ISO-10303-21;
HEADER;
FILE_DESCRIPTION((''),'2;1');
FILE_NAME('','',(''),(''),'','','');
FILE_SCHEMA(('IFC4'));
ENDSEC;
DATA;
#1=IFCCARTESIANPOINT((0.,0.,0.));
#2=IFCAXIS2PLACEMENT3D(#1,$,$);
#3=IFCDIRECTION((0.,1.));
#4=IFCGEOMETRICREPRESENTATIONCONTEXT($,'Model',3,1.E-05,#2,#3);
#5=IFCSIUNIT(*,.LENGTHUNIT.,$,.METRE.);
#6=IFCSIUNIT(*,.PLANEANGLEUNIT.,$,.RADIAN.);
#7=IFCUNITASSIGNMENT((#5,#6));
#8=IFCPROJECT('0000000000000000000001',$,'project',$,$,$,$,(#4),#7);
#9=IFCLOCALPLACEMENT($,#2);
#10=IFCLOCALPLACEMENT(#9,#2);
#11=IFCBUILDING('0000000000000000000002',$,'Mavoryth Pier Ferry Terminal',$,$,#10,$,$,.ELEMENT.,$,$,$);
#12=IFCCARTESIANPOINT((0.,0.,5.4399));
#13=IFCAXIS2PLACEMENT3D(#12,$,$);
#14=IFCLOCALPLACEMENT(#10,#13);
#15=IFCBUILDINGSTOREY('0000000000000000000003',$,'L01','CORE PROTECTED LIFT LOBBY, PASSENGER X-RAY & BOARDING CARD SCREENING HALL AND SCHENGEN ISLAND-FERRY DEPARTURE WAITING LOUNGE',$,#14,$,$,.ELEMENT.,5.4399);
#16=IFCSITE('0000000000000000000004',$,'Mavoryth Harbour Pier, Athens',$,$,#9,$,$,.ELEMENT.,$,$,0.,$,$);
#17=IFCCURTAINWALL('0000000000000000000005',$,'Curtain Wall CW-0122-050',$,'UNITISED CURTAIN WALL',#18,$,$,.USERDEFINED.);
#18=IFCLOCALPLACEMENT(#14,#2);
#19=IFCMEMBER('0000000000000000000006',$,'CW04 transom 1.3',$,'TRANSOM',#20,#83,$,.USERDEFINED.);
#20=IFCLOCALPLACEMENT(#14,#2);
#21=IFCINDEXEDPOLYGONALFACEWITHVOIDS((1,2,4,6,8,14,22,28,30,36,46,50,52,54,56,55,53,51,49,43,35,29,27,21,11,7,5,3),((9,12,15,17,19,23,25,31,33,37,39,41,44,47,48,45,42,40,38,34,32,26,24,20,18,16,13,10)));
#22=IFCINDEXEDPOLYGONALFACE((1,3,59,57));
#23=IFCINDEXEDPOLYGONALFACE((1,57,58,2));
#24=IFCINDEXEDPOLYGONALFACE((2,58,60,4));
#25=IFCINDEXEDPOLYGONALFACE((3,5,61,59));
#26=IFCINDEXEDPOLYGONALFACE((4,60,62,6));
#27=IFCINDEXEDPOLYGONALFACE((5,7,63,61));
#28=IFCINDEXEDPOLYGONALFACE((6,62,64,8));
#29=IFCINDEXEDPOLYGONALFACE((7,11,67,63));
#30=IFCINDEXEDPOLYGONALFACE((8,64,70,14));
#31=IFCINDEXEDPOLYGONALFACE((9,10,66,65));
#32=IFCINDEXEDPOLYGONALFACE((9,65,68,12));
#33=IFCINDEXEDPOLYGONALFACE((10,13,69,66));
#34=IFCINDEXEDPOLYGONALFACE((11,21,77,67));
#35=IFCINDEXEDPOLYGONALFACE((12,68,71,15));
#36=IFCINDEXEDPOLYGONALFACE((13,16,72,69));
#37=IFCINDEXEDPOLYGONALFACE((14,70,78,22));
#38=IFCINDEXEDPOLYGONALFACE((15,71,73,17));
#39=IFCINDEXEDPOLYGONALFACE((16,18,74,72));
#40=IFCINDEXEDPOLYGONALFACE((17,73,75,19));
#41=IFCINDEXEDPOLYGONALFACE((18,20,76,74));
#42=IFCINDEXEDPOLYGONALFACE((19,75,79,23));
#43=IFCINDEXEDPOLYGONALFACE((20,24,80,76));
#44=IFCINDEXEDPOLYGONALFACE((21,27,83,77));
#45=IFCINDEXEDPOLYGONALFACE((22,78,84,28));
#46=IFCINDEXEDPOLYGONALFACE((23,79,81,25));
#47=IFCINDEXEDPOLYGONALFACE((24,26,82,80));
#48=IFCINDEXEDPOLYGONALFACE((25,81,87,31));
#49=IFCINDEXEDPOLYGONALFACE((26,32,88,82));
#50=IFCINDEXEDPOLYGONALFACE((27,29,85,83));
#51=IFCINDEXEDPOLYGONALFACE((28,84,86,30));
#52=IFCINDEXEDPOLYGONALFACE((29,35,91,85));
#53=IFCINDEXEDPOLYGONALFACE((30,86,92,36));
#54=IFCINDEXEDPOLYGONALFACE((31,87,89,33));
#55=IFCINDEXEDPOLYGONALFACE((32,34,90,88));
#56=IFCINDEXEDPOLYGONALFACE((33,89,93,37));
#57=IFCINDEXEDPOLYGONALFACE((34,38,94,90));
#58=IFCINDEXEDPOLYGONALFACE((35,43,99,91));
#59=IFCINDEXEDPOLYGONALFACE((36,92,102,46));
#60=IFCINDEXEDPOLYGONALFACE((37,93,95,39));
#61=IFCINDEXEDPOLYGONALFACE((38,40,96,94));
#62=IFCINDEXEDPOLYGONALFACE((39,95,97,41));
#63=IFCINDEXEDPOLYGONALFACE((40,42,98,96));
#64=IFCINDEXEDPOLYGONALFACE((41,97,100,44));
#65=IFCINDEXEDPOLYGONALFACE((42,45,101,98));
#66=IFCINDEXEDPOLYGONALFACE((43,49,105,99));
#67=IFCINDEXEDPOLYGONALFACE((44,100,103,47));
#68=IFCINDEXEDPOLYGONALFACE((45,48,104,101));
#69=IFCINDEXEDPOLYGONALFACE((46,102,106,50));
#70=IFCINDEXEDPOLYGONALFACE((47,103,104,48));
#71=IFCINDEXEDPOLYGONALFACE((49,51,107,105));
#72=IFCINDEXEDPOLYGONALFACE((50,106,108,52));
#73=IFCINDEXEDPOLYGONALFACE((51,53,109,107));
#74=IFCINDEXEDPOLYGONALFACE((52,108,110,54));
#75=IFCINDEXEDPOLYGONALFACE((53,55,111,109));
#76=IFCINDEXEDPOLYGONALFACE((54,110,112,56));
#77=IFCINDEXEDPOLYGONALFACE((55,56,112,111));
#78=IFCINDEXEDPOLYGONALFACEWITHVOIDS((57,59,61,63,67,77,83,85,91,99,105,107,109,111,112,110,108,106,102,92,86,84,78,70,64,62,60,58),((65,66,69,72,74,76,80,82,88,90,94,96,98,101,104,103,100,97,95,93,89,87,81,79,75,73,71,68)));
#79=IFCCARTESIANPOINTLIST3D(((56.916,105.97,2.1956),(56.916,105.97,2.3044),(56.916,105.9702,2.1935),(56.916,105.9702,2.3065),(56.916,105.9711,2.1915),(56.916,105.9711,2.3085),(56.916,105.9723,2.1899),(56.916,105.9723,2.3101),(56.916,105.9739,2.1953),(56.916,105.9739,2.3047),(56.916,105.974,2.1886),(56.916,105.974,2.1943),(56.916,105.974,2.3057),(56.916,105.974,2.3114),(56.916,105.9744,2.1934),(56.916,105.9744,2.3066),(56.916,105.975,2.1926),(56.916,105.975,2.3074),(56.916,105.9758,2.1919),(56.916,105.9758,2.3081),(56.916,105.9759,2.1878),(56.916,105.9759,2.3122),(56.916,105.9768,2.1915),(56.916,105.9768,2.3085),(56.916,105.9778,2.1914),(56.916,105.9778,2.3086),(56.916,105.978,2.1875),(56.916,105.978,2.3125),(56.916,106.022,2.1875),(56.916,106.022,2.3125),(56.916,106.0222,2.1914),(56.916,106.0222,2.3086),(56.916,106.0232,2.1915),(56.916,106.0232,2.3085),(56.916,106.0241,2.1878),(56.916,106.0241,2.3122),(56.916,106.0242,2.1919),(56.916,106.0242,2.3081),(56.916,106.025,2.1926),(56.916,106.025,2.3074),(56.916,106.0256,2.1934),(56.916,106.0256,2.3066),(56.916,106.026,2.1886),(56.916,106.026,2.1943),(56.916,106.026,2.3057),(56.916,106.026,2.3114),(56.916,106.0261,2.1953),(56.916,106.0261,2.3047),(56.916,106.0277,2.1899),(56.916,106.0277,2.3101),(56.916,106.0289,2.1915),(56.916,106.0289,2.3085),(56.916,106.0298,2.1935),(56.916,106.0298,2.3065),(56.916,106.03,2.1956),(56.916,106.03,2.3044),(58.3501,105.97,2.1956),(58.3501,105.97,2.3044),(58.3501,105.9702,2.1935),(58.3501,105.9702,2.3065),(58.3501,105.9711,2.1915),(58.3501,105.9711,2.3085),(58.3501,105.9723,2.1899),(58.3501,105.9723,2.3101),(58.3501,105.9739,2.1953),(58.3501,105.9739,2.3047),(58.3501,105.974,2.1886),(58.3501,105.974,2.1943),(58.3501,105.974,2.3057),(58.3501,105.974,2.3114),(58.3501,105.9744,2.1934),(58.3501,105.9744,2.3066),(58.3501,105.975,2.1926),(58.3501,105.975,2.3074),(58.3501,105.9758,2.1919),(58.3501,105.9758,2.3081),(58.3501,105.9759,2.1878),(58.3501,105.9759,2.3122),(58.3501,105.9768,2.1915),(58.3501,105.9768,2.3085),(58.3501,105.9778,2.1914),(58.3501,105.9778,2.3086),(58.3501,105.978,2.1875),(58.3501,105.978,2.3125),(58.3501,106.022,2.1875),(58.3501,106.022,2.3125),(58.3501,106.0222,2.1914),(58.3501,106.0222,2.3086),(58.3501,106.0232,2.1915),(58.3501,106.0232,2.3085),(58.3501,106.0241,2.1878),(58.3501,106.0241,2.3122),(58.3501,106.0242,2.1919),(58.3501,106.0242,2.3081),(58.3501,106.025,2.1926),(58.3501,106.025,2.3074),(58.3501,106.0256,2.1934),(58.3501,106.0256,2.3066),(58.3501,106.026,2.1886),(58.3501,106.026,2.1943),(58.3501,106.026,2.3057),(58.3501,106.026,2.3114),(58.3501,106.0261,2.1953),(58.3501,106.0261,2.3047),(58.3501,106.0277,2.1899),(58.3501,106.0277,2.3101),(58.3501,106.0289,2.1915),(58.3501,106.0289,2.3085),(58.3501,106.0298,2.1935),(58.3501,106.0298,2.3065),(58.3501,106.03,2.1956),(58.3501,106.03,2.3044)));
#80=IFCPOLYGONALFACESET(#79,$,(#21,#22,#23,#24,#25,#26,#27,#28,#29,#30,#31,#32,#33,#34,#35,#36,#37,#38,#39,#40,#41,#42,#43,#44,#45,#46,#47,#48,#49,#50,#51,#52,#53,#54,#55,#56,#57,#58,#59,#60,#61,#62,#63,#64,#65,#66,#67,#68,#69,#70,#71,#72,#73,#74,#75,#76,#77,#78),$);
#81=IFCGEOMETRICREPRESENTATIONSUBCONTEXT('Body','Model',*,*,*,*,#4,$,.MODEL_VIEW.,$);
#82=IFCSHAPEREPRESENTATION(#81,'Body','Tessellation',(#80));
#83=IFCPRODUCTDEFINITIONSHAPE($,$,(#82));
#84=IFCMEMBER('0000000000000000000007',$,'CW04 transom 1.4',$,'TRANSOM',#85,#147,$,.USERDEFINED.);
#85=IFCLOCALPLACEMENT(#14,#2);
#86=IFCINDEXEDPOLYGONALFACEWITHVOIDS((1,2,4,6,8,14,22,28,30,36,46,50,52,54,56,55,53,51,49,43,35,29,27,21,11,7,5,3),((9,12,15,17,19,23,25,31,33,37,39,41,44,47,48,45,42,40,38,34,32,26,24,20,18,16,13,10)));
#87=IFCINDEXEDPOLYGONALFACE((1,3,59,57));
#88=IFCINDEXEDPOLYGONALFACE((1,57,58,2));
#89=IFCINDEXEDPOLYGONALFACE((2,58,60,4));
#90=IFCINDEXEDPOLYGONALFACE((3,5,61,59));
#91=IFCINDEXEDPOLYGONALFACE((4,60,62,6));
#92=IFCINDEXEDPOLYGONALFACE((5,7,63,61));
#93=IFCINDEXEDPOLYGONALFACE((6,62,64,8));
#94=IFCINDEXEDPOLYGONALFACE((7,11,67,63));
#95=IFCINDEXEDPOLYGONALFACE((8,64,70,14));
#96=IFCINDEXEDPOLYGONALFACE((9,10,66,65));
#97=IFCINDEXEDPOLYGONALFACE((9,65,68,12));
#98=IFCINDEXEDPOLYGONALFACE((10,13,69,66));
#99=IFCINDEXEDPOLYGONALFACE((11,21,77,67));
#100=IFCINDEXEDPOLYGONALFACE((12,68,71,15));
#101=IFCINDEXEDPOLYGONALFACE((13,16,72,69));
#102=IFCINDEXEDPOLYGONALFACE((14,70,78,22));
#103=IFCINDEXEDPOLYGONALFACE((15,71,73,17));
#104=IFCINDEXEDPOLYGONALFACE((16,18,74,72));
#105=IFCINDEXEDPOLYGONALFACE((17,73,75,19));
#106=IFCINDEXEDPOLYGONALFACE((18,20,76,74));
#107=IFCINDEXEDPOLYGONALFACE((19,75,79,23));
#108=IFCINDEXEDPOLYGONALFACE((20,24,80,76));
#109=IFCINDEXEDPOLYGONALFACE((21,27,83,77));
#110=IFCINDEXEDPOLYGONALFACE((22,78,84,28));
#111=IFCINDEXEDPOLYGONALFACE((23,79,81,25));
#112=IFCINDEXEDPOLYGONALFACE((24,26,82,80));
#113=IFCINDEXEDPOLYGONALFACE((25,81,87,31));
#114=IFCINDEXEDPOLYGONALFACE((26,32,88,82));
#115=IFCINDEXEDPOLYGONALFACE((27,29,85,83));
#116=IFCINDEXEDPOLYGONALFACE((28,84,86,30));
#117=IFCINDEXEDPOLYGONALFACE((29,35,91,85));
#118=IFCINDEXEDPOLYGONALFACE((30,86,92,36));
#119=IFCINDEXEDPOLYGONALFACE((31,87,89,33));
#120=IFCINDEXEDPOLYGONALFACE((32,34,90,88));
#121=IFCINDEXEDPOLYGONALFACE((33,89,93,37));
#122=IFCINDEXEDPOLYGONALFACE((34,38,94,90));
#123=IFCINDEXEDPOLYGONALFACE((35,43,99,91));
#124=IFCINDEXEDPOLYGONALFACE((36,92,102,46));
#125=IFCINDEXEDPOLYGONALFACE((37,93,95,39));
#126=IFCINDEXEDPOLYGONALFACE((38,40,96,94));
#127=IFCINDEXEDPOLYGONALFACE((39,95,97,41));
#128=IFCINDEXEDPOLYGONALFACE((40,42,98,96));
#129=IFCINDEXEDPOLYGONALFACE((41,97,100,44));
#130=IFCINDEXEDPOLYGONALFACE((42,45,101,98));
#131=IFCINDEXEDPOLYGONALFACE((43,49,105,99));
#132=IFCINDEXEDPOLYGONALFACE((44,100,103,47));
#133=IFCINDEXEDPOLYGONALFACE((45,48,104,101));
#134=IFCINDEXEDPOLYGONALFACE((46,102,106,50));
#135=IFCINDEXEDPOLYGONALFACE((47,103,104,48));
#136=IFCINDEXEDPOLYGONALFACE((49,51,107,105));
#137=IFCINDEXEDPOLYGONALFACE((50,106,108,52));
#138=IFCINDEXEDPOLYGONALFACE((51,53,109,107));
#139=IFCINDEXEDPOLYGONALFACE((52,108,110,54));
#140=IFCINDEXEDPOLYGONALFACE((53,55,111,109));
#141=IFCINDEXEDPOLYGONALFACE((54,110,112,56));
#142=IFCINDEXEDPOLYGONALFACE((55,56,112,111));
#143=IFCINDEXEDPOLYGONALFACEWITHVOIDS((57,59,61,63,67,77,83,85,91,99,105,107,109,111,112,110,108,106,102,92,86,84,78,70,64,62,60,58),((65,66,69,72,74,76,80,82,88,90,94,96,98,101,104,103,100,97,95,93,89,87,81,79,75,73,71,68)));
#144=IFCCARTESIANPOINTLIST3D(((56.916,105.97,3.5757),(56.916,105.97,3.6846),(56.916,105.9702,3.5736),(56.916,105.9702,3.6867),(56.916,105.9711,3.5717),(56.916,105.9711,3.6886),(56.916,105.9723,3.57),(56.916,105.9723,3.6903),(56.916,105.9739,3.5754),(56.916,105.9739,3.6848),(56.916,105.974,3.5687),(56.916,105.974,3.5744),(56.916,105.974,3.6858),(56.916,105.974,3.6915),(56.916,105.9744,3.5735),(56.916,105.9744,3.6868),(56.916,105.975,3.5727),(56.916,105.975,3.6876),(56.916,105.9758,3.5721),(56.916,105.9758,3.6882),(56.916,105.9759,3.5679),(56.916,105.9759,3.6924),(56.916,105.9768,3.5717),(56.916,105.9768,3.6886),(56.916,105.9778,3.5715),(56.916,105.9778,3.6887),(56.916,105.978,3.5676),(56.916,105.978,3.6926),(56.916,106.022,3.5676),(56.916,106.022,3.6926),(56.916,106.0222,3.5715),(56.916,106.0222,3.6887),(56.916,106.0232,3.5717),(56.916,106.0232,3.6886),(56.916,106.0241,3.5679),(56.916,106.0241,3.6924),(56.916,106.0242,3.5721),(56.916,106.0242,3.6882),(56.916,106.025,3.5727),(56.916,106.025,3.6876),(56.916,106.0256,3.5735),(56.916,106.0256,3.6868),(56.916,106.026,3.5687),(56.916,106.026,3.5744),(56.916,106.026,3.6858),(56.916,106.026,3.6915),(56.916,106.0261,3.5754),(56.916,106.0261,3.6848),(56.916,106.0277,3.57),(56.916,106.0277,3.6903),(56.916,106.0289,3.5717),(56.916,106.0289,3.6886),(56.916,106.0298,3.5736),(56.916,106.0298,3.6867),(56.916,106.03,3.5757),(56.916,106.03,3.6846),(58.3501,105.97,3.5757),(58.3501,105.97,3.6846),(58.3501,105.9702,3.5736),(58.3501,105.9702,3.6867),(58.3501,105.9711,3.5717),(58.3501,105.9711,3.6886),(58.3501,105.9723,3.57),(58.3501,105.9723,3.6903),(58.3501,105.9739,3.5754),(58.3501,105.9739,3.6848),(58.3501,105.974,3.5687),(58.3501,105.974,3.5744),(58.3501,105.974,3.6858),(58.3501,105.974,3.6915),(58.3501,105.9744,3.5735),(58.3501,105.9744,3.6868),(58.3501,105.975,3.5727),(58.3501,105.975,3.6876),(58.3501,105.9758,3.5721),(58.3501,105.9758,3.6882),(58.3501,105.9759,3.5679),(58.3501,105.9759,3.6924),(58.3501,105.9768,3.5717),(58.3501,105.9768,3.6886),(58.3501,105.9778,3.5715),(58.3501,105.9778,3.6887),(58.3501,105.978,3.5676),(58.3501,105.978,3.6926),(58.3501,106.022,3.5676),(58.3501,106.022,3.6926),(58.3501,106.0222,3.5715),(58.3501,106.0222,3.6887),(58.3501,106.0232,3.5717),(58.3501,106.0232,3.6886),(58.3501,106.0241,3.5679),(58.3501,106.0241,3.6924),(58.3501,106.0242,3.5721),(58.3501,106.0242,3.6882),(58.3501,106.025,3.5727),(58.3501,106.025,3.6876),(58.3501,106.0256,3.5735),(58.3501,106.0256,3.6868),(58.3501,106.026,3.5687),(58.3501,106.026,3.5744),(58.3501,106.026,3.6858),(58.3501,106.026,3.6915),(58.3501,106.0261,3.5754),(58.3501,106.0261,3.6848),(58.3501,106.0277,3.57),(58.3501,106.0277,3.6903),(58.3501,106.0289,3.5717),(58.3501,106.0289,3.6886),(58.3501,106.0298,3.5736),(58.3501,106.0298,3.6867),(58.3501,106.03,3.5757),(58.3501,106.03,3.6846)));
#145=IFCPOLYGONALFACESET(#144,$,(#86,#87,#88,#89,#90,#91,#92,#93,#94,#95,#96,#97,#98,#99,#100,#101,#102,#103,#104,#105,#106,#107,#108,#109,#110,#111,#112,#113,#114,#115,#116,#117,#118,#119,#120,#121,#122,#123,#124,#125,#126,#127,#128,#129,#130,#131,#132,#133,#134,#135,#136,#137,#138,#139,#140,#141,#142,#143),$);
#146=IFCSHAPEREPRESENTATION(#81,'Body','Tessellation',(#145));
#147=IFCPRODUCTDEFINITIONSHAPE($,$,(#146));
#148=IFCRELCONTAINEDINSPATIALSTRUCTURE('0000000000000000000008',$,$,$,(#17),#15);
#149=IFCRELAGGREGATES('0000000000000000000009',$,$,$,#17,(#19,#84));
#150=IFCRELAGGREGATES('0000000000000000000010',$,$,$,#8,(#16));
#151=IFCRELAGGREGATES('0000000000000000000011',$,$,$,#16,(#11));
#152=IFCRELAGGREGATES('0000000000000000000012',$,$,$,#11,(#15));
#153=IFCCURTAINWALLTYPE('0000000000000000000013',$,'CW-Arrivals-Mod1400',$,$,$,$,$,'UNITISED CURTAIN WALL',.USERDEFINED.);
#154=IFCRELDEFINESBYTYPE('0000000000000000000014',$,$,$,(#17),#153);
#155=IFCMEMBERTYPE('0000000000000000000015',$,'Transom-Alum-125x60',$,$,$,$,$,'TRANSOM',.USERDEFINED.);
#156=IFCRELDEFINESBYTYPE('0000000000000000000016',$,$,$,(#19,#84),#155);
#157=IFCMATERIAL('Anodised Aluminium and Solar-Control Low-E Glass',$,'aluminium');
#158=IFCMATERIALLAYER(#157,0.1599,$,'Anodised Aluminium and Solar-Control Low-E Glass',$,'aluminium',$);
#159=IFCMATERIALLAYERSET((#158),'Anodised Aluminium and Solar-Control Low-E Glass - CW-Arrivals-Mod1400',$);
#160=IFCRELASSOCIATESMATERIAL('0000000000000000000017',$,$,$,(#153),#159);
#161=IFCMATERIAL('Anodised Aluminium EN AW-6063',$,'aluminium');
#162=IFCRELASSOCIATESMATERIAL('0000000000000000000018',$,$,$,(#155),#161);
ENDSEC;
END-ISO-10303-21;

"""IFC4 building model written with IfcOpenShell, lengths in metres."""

from ifc_helpers import new_model, si_unit, direction, frame, origin, origin_2d, place, context, subcontext, project, spatial, hollow_rectangle, extrude, material, layer, layer_set, material_profile, profile_set, type_object, element, aggregate, save


model = new_model("IFC4")

# Units and contexts
model_context = context("Model", 3, precision=1e-05, world=origin(), true_north=direction((0.0, 1.0)))
body_context = subcontext(model_context, "Body", "Model", "MODEL_VIEW")
ifc_project = project(units=[si_unit("LENGTHUNIT", "METRE"), si_unit("PLANEANGLEUNIT", "RADIAN")], contexts=[model_context])

# Site, building, storey
site_placement = place(None, origin())
site = spatial("IfcSite", under=ifc_project, at=site_placement, Name="Mavoryth Harbour Pier, Athens", CompositionType="ELEMENT", RefElevation=0.0)
building_placement = place(site_placement, origin())
building = spatial("IfcBuilding", under=site, at=building_placement, Name="Mavoryth Pier Ferry Terminal", CompositionType="ELEMENT")
storey_placement = place(building_placement, frame((0.0, 0.0, 5.4399)))
storey = spatial("IfcBuildingStorey", under=building, at=storey_placement, Name="L01", Description="CORE PROTECTED LIFT LOBBY, PASSENGER X-RAY & BOARDING CARD SCREENING HALL AND SCHENGEN ISLAND-FERRY DEPARTURE WAITING LOUNGE", CompositionType="ELEMENT", Elevation=5.4399)

# Curtain wall
ifc_material_1 = material(Name="Anodised Aluminium and Solar-Control Low-E Glass", Category="aluminium")
ifc_layer_1 = layer(ifc_material_1, 0.1599, Name="Anodised Aluminium and Solar-Control Low-E Glass", Category="aluminium")
ifc_layer_set_1 = layer_set([ifc_layer_1], Name="Anodised Aluminium and Solar-Control Low-E Glass - CW-Arrivals-Mod1400")
curtain_wall_type_1 = type_object("IfcCurtainWallType", Name="CW-Arrivals-Mod1400", ElementType="UNITISED CURTAIN WALL", PredefinedType="USERDEFINED", material=ifc_layer_set_1)
curtain_wall_1_placement = place(storey_placement, origin())
curtain_wall_1 = element("IfcCurtainWall", 1, at=curtain_wall_1_placement, inside=storey, type_object=curtain_wall_type_1, Name="Curtain Wall CW-0122-050", ObjectType="UNITISED CURTAIN WALL", PredefinedType="USERDEFINED")
ifc_material_2 = material(Name="Anodised Aluminium EN AW-6063", Category="aluminium")

# Members
ifc_material_profile_1 = material_profile(ifc_material_2, hollow_rectangle(XDim=0.0601, YDim=0.125, WallThickness=0.0039, InnerFilletRadius=0.0039, OuterFilletRadius=0.0081, at=origin_2d()), Name="AL-TRAN 125x60x4", Category="aluminium")
ifc_profile_set_1 = profile_set([ifc_material_profile_1], Name="Anodised Aluminium EN AW-6063 - AL-TRAN 125x60x4")
member_type_1 = type_object("IfcMemberType", Name="Transom-Alum-125x60", ElementType="TRANSOM", PredefinedType="USERDEFINED", material=ifc_profile_set_1)
member_1_placement = place(storey_placement, frame((58.3501, 106.0, 2.25), z_axis=(-1.0, 0.0, 0.0), x_axis=(0.0, -1.0, 0.0)))
member_1 = element("IfcMember", 2, at=member_1_placement, type_object=member_type_1, Name="CW04 transom 1.3", ObjectType="TRANSOM", PredefinedType="USERDEFINED", context=body_context, shape_type="SweptSolid", body=[
    extrude(hollow_rectangle(XDim=0.0601, YDim=0.125, WallThickness=0.0039, InnerFilletRadius=0.0039, OuterFilletRadius=0.0081, at=origin_2d()), origin(), (0.0, 0.0, 1.0), 1.4341),
])
member_2_placement = place(storey_placement, frame((58.3501, 106.0, 3.6301), z_axis=(-1.0, 0.0, 0.0), x_axis=(0.0, -1.0, 0.0)))
member_2 = element("IfcMember", 3, at=member_2_placement, type_object=member_type_1, Name="CW04 transom 1.4", ObjectType="TRANSOM", PredefinedType="USERDEFINED", context=body_context, shape_type="SweptSolid", body=[
    extrude(hollow_rectangle(XDim=0.0601, YDim=0.125, WallThickness=0.0039, InnerFilletRadius=0.0039, OuterFilletRadius=0.0081, at=origin_2d()), origin(), (0.0, 0.0, 1.0), 1.4341),
])

aggregate(curtain_wall_1, [member_1, member_2])

save(model, "model.ifc")
